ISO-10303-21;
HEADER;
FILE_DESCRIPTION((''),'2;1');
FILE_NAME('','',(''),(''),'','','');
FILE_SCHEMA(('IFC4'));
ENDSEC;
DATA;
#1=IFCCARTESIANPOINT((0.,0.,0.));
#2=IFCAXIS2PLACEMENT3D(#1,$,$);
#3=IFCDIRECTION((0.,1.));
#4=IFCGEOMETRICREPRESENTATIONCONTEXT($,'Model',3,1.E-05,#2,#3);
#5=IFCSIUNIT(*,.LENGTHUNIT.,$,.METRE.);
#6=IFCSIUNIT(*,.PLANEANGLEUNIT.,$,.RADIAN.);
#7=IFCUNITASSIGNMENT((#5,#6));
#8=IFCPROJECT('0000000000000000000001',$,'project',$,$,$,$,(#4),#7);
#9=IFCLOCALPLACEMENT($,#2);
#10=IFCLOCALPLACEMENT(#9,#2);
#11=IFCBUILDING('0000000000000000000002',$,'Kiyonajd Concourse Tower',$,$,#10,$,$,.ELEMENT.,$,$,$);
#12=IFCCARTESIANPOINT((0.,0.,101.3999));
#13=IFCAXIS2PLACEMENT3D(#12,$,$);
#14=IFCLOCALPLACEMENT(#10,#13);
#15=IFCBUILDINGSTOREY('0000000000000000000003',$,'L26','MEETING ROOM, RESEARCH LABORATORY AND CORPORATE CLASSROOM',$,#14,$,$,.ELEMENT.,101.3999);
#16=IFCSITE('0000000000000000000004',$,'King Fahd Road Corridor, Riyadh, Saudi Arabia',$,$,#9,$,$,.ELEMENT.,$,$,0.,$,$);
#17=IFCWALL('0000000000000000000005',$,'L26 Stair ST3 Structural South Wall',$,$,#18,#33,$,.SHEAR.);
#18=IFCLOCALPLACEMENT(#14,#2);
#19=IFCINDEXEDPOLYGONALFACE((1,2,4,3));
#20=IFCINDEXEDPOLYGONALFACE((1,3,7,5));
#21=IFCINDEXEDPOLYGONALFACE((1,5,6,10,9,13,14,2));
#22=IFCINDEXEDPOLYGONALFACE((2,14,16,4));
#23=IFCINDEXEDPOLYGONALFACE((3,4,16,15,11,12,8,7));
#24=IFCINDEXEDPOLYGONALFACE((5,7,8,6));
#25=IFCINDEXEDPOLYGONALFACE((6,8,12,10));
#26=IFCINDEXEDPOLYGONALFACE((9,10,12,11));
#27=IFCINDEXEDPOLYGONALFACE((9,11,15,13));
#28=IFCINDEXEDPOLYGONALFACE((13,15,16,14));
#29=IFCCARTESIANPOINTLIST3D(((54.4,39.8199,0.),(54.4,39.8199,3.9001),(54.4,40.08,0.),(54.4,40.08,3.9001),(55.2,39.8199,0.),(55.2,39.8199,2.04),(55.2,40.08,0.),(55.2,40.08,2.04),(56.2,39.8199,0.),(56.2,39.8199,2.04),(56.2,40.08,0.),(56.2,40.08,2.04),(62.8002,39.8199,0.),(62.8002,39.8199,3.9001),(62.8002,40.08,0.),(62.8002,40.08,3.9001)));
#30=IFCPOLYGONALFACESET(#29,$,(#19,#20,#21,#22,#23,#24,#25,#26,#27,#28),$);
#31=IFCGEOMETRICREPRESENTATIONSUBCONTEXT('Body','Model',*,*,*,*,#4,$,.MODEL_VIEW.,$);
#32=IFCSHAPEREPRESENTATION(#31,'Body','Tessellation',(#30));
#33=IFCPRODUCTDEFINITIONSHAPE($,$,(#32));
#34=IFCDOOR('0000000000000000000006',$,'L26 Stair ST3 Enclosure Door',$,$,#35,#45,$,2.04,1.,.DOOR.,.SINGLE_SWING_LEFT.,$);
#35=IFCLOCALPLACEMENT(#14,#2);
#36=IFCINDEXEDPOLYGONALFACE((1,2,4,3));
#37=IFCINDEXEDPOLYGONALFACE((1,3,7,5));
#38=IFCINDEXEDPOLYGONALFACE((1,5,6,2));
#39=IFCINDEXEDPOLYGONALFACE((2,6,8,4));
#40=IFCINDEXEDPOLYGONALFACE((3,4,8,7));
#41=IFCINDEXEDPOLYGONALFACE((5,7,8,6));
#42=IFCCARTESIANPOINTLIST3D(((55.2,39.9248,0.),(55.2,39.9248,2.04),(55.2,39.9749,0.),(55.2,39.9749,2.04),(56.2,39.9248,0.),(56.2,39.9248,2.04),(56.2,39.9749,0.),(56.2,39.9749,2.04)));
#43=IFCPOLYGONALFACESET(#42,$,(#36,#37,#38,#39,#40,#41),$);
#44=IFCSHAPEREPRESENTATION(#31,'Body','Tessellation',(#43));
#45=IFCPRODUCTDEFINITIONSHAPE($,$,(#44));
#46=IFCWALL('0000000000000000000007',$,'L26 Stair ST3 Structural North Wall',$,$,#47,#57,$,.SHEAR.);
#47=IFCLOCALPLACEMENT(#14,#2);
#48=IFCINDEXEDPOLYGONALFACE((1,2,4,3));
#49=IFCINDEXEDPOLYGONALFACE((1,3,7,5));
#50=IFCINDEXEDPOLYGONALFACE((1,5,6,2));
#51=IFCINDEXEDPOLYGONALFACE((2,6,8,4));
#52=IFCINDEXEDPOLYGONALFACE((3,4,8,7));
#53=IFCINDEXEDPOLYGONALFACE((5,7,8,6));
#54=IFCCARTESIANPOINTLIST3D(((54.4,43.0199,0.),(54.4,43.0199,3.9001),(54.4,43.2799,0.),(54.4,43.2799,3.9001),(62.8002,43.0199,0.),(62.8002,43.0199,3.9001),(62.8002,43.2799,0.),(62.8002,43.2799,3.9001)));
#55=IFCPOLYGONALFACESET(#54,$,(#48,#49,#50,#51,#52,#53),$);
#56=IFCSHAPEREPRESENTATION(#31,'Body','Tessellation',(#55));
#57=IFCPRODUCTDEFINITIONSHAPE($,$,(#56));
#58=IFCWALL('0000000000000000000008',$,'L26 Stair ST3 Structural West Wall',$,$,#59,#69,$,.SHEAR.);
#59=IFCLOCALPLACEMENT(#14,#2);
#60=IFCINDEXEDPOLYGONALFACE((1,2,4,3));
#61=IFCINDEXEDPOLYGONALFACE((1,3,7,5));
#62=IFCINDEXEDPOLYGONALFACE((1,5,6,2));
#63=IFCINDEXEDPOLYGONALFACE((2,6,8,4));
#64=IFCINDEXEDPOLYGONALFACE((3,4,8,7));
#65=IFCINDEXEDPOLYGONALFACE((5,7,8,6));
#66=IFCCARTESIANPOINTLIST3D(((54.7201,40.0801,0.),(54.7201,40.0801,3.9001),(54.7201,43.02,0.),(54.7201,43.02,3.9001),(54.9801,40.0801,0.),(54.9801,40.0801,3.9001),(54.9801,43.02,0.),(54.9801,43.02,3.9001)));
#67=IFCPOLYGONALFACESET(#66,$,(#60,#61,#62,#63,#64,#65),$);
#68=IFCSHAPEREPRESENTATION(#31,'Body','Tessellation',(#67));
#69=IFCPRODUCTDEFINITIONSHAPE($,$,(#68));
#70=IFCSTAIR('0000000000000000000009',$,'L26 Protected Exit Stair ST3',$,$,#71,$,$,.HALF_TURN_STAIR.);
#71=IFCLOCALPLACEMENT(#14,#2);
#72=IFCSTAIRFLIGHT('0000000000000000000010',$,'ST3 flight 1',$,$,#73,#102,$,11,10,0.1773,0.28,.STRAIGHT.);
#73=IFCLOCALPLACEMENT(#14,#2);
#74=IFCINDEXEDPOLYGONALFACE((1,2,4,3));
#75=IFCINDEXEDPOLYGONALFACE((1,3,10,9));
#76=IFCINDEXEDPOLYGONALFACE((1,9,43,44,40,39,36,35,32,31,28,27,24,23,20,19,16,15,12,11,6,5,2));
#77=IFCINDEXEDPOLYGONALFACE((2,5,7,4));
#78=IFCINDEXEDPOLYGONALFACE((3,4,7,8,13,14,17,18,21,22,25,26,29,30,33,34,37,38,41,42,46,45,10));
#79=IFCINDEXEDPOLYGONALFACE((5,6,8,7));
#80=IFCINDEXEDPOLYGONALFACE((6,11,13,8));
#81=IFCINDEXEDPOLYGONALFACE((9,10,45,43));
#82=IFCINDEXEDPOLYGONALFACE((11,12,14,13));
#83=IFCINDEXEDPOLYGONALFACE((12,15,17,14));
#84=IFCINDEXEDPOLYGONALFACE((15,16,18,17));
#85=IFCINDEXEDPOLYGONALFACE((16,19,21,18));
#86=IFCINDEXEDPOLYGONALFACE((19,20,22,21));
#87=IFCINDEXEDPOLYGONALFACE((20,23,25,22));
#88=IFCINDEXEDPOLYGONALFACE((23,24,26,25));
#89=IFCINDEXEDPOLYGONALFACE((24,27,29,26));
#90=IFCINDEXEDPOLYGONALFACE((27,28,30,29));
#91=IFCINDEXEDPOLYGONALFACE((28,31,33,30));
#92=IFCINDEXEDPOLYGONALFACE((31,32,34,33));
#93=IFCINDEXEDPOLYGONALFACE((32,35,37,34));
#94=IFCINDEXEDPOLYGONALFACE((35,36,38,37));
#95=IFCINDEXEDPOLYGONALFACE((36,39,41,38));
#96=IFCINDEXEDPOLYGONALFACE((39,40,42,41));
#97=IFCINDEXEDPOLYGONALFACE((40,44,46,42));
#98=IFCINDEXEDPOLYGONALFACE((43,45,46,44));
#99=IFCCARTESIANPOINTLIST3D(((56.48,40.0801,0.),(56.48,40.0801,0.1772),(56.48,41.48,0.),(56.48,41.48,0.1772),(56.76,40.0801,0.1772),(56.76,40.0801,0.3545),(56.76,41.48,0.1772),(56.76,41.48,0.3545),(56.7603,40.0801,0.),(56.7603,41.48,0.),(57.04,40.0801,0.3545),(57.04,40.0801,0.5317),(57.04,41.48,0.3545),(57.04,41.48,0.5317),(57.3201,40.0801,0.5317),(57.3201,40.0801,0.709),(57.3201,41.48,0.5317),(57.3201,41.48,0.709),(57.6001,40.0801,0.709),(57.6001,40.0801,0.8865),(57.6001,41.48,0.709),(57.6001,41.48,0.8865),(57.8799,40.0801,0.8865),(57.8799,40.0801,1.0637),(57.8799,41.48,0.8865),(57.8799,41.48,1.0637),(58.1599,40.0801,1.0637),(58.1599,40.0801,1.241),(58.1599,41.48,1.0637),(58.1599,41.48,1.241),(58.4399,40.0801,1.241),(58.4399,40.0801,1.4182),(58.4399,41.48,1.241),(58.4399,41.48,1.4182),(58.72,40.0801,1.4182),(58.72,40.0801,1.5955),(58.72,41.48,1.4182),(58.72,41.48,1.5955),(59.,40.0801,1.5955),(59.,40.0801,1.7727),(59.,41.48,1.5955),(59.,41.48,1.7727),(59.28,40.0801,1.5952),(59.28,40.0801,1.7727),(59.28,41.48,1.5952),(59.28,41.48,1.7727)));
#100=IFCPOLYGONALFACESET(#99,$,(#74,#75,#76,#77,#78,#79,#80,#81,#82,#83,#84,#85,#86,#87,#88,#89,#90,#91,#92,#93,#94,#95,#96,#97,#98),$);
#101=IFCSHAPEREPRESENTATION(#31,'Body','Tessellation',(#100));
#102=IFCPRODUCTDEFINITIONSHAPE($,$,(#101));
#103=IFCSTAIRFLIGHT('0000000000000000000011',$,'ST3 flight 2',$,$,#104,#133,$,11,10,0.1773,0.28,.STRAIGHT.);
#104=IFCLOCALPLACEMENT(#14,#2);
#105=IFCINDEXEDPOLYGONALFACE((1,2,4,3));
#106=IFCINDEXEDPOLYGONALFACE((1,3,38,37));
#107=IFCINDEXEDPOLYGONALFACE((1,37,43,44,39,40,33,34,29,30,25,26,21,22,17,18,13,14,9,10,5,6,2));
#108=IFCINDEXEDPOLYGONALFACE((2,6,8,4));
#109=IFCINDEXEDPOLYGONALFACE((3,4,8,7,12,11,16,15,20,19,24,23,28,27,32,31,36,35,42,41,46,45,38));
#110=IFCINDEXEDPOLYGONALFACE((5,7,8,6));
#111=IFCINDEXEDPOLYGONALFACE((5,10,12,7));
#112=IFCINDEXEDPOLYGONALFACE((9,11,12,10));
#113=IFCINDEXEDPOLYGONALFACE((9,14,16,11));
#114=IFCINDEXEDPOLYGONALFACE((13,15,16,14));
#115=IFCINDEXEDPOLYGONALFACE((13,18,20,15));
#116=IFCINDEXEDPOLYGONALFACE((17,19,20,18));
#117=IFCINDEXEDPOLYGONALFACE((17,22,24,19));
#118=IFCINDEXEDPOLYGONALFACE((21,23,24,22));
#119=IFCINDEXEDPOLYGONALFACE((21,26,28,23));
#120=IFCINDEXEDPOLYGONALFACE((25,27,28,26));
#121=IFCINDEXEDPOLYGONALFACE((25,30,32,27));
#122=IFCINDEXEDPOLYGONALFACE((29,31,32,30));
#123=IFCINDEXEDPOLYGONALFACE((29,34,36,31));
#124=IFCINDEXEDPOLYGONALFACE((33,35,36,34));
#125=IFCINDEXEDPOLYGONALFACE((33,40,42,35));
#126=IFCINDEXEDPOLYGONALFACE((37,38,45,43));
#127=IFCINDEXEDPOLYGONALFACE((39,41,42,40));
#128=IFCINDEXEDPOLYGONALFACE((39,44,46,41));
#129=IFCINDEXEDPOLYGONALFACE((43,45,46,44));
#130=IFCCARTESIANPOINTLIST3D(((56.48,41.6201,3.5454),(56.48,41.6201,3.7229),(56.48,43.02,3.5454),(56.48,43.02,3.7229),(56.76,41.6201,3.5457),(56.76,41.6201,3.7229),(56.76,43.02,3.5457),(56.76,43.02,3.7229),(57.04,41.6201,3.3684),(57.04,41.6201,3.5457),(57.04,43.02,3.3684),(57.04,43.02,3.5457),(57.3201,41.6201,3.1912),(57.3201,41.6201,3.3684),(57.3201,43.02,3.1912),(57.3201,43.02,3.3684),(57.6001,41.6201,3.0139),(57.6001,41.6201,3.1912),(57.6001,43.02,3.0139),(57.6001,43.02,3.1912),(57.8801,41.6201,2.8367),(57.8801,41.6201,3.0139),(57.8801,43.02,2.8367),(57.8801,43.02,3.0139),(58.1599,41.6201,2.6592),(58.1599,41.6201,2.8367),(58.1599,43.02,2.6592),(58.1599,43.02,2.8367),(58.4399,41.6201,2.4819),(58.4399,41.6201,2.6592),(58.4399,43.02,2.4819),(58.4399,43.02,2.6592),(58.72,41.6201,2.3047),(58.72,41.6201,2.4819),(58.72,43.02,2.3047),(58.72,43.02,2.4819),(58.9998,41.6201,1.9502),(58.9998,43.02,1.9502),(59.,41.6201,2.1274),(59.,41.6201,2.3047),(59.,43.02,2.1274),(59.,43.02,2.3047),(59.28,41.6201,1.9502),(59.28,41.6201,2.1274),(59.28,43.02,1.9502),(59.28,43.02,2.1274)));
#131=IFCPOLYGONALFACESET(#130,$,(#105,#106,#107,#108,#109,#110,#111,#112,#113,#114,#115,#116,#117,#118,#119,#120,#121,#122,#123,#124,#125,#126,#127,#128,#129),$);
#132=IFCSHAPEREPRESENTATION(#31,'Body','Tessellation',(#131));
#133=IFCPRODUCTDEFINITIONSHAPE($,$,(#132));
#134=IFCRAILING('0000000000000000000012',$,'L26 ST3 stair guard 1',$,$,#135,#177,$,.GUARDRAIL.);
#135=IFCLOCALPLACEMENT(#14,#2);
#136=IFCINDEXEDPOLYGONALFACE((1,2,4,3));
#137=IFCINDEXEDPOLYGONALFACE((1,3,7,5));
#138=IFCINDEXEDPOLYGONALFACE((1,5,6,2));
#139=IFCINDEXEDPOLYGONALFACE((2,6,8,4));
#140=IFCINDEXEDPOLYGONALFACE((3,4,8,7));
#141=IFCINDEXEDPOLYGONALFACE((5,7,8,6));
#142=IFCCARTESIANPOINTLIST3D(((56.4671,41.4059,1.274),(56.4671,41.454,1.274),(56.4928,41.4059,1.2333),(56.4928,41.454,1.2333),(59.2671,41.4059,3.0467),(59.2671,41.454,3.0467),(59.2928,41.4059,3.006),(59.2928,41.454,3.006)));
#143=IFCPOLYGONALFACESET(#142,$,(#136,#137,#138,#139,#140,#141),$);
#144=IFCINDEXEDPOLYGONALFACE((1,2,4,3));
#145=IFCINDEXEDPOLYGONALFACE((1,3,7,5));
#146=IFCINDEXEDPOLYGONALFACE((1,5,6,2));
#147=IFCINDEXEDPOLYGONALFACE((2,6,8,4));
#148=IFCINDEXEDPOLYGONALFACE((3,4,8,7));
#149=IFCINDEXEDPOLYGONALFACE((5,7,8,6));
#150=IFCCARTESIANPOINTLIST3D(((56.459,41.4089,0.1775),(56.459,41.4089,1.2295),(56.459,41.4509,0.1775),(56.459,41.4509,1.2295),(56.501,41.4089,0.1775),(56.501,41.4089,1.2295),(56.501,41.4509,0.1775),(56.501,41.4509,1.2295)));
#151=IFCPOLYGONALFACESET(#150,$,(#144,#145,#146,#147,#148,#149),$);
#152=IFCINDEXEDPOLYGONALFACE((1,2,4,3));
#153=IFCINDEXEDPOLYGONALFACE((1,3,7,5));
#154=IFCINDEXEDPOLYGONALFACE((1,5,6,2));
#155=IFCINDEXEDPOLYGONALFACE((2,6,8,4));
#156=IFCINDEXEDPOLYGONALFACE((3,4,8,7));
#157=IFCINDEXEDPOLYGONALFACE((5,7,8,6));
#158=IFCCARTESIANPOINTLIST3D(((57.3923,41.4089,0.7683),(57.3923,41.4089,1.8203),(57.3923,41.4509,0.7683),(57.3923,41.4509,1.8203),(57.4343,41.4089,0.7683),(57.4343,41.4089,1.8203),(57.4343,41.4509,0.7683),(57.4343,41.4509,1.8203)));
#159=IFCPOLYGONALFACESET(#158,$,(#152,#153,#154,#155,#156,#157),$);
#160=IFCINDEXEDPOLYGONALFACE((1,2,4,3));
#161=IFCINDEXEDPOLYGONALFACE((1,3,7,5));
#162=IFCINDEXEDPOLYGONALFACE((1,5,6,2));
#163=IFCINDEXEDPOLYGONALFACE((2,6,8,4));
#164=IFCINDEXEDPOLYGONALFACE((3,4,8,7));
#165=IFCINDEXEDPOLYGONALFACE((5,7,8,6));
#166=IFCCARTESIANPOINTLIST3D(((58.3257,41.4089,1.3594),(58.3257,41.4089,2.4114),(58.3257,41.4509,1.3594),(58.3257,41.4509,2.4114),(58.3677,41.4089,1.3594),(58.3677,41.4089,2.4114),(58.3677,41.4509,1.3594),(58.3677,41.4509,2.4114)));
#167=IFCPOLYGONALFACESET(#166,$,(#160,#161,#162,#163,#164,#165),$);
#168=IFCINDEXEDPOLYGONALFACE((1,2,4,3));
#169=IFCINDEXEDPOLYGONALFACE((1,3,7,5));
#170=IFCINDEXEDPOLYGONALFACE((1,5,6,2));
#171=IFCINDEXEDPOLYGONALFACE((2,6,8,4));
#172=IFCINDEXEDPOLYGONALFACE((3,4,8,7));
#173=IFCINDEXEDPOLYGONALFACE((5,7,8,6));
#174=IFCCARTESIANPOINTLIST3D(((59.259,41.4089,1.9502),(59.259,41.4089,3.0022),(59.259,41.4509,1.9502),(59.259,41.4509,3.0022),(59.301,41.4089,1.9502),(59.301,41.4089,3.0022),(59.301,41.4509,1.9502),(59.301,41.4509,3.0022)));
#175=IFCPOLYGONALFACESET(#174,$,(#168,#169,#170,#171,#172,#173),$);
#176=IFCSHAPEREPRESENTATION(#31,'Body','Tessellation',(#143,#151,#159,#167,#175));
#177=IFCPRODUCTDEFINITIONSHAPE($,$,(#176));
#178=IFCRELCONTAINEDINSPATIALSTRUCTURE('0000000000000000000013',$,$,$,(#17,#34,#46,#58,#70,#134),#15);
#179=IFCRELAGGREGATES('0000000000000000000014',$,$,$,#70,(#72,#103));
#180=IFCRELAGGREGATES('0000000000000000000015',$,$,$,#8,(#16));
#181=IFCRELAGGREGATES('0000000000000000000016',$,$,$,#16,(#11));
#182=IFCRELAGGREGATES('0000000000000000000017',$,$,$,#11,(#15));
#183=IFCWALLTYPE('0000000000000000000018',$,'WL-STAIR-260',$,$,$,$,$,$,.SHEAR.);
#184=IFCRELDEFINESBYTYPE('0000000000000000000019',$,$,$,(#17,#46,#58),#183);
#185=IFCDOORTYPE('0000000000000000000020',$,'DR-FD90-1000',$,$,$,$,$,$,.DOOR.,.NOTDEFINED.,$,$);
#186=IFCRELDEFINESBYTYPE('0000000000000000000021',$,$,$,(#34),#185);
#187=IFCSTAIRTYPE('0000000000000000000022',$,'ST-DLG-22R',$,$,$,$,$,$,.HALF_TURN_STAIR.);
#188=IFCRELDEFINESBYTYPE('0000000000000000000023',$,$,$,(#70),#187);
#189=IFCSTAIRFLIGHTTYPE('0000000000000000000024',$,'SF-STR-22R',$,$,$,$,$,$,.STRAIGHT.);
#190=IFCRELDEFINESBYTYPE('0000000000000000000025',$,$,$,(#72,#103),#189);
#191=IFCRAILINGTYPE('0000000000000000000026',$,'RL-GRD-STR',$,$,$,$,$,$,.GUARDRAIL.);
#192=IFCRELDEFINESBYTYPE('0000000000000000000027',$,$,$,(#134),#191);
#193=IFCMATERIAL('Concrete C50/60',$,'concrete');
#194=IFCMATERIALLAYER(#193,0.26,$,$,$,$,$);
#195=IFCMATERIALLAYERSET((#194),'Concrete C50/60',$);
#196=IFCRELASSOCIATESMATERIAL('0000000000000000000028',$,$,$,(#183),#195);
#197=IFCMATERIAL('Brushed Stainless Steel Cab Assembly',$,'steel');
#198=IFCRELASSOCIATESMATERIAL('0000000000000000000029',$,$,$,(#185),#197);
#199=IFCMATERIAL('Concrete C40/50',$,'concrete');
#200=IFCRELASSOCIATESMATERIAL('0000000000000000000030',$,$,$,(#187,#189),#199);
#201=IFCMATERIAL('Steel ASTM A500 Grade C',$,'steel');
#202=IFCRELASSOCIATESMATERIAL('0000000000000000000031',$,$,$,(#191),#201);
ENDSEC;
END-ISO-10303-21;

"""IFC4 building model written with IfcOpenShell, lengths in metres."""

from ifc_helpers import new_model, si_unit, direction, frame, frame_2d, origin, origin_2d, place, context, subcontext, project, spatial, polyline, rectangle, outline, extrude, material, layer, layer_set, type_object, element, fill, aggregate, save


model = new_model("IFC4")

# Units and contexts
model_context = context("Model", 3, precision=1e-05, world=origin(), true_north=direction((0.0, 1.0)))
body_context = subcontext(model_context, "Body", "Model", "MODEL_VIEW")
ifc_project = project(units=[si_unit("LENGTHUNIT", "METRE"), si_unit("PLANEANGLEUNIT", "RADIAN")], contexts=[model_context])

# Site, building, storey
site_placement = place(None, origin())
site = spatial("IfcSite", under=ifc_project, at=site_placement, Name="King Fahd Road Corridor, Riyadh, Saudi Arabia", CompositionType="ELEMENT", RefElevation=0.0)
building_placement = place(site_placement, origin())
building = spatial("IfcBuilding", under=site, at=building_placement, Name="Kiyonajd Concourse Tower", CompositionType="ELEMENT")
storey_placement = place(building_placement, frame((0.0, 0.0, 101.3999)))
storey = spatial("IfcBuildingStorey", under=building, at=storey_placement, Name="L26", Description="MEETING ROOM, RESEARCH LABORATORY AND CORPORATE CLASSROOM", CompositionType="ELEMENT", Elevation=101.3999)

# Shared definitions
ifc_material_1 = material(Name="Concrete C50/60", Category="concrete")

# Shared definitions
ifc_layer_1 = layer(ifc_material_1, 0.26)
ifc_layer_set_1 = layer_set([ifc_layer_1], Name="Concrete C50/60")
wall_type_1 = type_object("IfcWallType", Name="WL-STAIR-260", PredefinedType="SHEAR", material=ifc_layer_set_1)

# Wall, opening, door
wall_1_placement = place(storey_placement, frame((54.3999, 39.95, 0.0), z_axis=(0.0, 0.0, 1.0), x_axis=(1.0, 0.0, 0.0)))
wall_1 = element("IfcWall", 1, at=wall_1_placement, inside=storey, type_object=wall_type_1, Name="L26 Stair ST3 Structural South Wall", PredefinedType="SHEAR", context=body_context, shape_type="SweptSolid", body=[
    extrude(rectangle(XDim=8.4001, YDim=0.26, at=frame_2d((4.2002, 0.0))), origin(), (0.0, 0.0, 1.0), 3.9001),
])
opening_1_placement = place(wall_1_placement, frame((0.8, 0.0, 0.0)))
opening_1 = element("IfcOpeningElement", 2, at=opening_1_placement, cuts=wall_1, PredefinedType="OPENING", context=body_context, shape_type="SweptSolid", body=[
    extrude(rectangle(XDim=1.0, YDim=2.04, at=frame_2d((0.5, 1.02))), frame((0.0, 0.1399, 0.0), z_axis=(0.0, -1.0, 0.0), x_axis=(1.0, 0.0, 0.0)), (0.0, 0.0, 1.0), 0.28),
])
ifc_material_2 = material(Name="Brushed Stainless Steel Cab Assembly", Category="steel")
door_type_1 = type_object("IfcDoorType", Name="DR-FD90-1000", OperationType="NOTDEFINED", PredefinedType="DOOR", material=ifc_material_2)
door_1_placement = place(opening_1_placement, origin())
door_1 = element("IfcDoor", 3, at=door_1_placement, inside=storey, type_object=door_type_1, Name="L26 Stair ST3 Enclosure Door", OperationType="SINGLE_SWING_LEFT", OverallHeight=2.04, OverallWidth=1.0, PredefinedType="DOOR", context=body_context, shape_type="SweptSolid", body=[
    extrude(rectangle(XDim=1.0, YDim=2.04, at=frame_2d((0.5, 1.02))), frame((0.0, 0.0249, 0.0), z_axis=(0.0, -1.0, 0.0), x_axis=(1.0, 0.0, 0.0)), (0.0, 0.0, 1.0), 0.05),
])
fill(opening_1, door_1)

# Walls
wall_2_placement = place(storey_placement, frame((54.3999, 43.1499, 0.0), z_axis=(0.0, 0.0, 1.0), x_axis=(1.0, 0.0, 0.0)))
element("IfcWall", 4, at=wall_2_placement, inside=storey, type_object=wall_type_1, Name="L26 Stair ST3 Structural North Wall", PredefinedType="SHEAR", context=body_context, shape_type="SweptSolid", body=[
    extrude(rectangle(XDim=8.4001, YDim=0.26, at=frame_2d((4.2002, 0.0))), origin(), (0.0, 0.0, 1.0), 3.9001),
])
wall_3_placement = place(storey_placement, frame((54.8501, 40.0801, 0.0), z_axis=(0.0, 0.0, 1.0), x_axis=(0.0, 1.0, 0.0)))
element("IfcWall", 5, at=wall_3_placement, inside=storey, type_object=wall_type_1, Name="L26 Stair ST3 Structural West Wall", PredefinedType="SHEAR", context=body_context, shape_type="SweptSolid", body=[
    extrude(rectangle(XDim=2.9399, YDim=0.26, at=frame_2d((1.47, 0.0))), origin(), (0.0, 0.0, 1.0), 3.9001),
])

# Stair, stair flights
ifc_material_3 = material(Name="Concrete C40/50", Category="concrete")
stair_type = type_object("IfcStairType", Name="ST-DLG-22R", PredefinedType="HALF_TURN_STAIR", material=ifc_material_3)
stair_placement = place(storey_placement, origin())
stair = element("IfcStair", 6, at=stair_placement, inside=storey, type_object=stair_type, Name="L26 Protected Exit Stair ST3", PredefinedType="HALF_TURN_STAIR")
stair_flight_type = type_object("IfcStairFlightType", Name="SF-STR-22R", PredefinedType="STRAIGHT", material=ifc_material_3)
stair_flight_1_placement = place(storey_placement, frame((56.48, 40.78, 0.0), z_axis=(0.0, 0.0, 1.0), x_axis=(1.0, 0.0, 0.0)))
stair_flight_1 = element("IfcStairFlight", 7, at=stair_flight_1_placement, type_object=stair_flight_type, Name="ST3 flight 1", NumberOfRisers=11, NumberOfTreads=10, PredefinedType="STRAIGHT", RiserHeight=0.1773, TreadLength=0.28, context=body_context, shape_type="SweptSolid", body=[
    extrude(outline(polyline([(0.0, 0.0), (0.0, 0.1772), (0.28, 0.1772), (0.28, 0.3545), (0.5601, 0.3545), (0.5601, 0.5317), (0.8401, 0.5317), (0.8401, 0.709), (1.1201, 0.709), (1.1201, 0.8865), (1.3999, 0.8865), (1.3999, 1.0637), (1.6799, 1.0637), (1.6799, 1.241), (1.96, 1.241), (1.96, 1.4182), (2.24, 1.4182), (2.24, 1.5955), (2.52, 1.5955), (2.52, 1.7727), (2.8, 1.7727), (2.8, 1.95), (2.8, 1.5952), (0.2803, 0.0), (0.0, 0.0)])), frame((0.0, 0.7, 0.0), z_axis=(0.0, -1.0, 0.0), x_axis=(1.0, 0.0, 0.0)), (0.0, 0.0, 1.0), 1.3999),
])
stair_flight_2_placement = place(storey_placement, frame((59.28, 42.3201, 1.9502), z_axis=(0.0, 0.0, 1.0), x_axis=(-1.0, 0.0, 0.0)))
stair_flight_2 = element("IfcStairFlight", 8, at=stair_flight_2_placement, type_object=stair_flight_type, Name="ST3 flight 2", NumberOfRisers=11, NumberOfTreads=10, PredefinedType="STRAIGHT", RiserHeight=0.1773, TreadLength=0.28, context=body_context, shape_type="SweptSolid", body=[
    extrude(outline(polyline([(0.0, 0.0), (0.0, 0.1772), (0.28, 0.1772), (0.28, 0.3545), (0.5601, 0.3545), (0.5601, 0.5317), (0.8401, 0.5317), (0.8401, 0.709), (1.1201, 0.709), (1.1201, 0.8865), (1.3999, 0.8865), (1.3999, 1.0637), (1.6799, 1.0637), (1.6799, 1.241), (1.96, 1.241), (1.96, 1.4182), (2.24, 1.4182), (2.24, 1.5955), (2.52, 1.5955), (2.52, 1.7727), (2.8, 1.7727), (2.8, 1.95), (2.8, 1.5952), (0.2803, 0.0), (0.0, 0.0)])), frame((0.0, 0.7, 0.0), z_axis=(0.0, -1.0, 0.0), x_axis=(1.0, 0.0, 0.0)), (0.0, 0.0, 1.0), 1.3999),
])
aggregate(stair, [stair_flight_1, stair_flight_2])

# Railing
ifc_material_4 = material(Name="Steel ASTM A500 Grade C", Category="steel")
railing_type_1 = type_object("IfcRailingType", Name="RL-GRD-STR", PredefinedType="GUARDRAIL", material=ifc_material_4)
railing_1_placement = place(storey_placement, frame((56.48, 41.4299, 0.1775)))
element("IfcRailing", 9, at=railing_1_placement, inside=storey, type_object=railing_type_1, Name="L26 ST3 stair guard 1", PredefinedType="GUARDRAIL", context=body_context, shape_type="SweptSolid", body=[
    extrude(rectangle(XDim=0.0481, YDim=0.0481, at=origin_2d()), frame((0.0, 0.0, 1.0762), z_axis=(0.844909, 0.0, 0.53491), x_axis=(0.0, 1.0, 0.0)), (0.0, 0.0, 1.0), 3.314),
    extrude(rectangle(XDim=0.042, YDim=0.042, at=origin_2d()), origin(), (0.0, 0.0, 1.0), 1.052),
    extrude(rectangle(XDim=0.042, YDim=0.042, at=origin_2d()), frame((0.9333, 0.0, 0.5908)), (0.0, 0.0, 1.0), 1.052),
    extrude(rectangle(XDim=0.042, YDim=0.042, at=origin_2d()), frame((1.8667, 0.0, 1.1819)), (0.0, 0.0, 1.0), 1.052),
    extrude(rectangle(XDim=0.042, YDim=0.042, at=origin_2d()), frame((2.8, 0.0, 1.7727)), (0.0, 0.0, 1.0), 1.052),
])

save(model, "model.ifc")
